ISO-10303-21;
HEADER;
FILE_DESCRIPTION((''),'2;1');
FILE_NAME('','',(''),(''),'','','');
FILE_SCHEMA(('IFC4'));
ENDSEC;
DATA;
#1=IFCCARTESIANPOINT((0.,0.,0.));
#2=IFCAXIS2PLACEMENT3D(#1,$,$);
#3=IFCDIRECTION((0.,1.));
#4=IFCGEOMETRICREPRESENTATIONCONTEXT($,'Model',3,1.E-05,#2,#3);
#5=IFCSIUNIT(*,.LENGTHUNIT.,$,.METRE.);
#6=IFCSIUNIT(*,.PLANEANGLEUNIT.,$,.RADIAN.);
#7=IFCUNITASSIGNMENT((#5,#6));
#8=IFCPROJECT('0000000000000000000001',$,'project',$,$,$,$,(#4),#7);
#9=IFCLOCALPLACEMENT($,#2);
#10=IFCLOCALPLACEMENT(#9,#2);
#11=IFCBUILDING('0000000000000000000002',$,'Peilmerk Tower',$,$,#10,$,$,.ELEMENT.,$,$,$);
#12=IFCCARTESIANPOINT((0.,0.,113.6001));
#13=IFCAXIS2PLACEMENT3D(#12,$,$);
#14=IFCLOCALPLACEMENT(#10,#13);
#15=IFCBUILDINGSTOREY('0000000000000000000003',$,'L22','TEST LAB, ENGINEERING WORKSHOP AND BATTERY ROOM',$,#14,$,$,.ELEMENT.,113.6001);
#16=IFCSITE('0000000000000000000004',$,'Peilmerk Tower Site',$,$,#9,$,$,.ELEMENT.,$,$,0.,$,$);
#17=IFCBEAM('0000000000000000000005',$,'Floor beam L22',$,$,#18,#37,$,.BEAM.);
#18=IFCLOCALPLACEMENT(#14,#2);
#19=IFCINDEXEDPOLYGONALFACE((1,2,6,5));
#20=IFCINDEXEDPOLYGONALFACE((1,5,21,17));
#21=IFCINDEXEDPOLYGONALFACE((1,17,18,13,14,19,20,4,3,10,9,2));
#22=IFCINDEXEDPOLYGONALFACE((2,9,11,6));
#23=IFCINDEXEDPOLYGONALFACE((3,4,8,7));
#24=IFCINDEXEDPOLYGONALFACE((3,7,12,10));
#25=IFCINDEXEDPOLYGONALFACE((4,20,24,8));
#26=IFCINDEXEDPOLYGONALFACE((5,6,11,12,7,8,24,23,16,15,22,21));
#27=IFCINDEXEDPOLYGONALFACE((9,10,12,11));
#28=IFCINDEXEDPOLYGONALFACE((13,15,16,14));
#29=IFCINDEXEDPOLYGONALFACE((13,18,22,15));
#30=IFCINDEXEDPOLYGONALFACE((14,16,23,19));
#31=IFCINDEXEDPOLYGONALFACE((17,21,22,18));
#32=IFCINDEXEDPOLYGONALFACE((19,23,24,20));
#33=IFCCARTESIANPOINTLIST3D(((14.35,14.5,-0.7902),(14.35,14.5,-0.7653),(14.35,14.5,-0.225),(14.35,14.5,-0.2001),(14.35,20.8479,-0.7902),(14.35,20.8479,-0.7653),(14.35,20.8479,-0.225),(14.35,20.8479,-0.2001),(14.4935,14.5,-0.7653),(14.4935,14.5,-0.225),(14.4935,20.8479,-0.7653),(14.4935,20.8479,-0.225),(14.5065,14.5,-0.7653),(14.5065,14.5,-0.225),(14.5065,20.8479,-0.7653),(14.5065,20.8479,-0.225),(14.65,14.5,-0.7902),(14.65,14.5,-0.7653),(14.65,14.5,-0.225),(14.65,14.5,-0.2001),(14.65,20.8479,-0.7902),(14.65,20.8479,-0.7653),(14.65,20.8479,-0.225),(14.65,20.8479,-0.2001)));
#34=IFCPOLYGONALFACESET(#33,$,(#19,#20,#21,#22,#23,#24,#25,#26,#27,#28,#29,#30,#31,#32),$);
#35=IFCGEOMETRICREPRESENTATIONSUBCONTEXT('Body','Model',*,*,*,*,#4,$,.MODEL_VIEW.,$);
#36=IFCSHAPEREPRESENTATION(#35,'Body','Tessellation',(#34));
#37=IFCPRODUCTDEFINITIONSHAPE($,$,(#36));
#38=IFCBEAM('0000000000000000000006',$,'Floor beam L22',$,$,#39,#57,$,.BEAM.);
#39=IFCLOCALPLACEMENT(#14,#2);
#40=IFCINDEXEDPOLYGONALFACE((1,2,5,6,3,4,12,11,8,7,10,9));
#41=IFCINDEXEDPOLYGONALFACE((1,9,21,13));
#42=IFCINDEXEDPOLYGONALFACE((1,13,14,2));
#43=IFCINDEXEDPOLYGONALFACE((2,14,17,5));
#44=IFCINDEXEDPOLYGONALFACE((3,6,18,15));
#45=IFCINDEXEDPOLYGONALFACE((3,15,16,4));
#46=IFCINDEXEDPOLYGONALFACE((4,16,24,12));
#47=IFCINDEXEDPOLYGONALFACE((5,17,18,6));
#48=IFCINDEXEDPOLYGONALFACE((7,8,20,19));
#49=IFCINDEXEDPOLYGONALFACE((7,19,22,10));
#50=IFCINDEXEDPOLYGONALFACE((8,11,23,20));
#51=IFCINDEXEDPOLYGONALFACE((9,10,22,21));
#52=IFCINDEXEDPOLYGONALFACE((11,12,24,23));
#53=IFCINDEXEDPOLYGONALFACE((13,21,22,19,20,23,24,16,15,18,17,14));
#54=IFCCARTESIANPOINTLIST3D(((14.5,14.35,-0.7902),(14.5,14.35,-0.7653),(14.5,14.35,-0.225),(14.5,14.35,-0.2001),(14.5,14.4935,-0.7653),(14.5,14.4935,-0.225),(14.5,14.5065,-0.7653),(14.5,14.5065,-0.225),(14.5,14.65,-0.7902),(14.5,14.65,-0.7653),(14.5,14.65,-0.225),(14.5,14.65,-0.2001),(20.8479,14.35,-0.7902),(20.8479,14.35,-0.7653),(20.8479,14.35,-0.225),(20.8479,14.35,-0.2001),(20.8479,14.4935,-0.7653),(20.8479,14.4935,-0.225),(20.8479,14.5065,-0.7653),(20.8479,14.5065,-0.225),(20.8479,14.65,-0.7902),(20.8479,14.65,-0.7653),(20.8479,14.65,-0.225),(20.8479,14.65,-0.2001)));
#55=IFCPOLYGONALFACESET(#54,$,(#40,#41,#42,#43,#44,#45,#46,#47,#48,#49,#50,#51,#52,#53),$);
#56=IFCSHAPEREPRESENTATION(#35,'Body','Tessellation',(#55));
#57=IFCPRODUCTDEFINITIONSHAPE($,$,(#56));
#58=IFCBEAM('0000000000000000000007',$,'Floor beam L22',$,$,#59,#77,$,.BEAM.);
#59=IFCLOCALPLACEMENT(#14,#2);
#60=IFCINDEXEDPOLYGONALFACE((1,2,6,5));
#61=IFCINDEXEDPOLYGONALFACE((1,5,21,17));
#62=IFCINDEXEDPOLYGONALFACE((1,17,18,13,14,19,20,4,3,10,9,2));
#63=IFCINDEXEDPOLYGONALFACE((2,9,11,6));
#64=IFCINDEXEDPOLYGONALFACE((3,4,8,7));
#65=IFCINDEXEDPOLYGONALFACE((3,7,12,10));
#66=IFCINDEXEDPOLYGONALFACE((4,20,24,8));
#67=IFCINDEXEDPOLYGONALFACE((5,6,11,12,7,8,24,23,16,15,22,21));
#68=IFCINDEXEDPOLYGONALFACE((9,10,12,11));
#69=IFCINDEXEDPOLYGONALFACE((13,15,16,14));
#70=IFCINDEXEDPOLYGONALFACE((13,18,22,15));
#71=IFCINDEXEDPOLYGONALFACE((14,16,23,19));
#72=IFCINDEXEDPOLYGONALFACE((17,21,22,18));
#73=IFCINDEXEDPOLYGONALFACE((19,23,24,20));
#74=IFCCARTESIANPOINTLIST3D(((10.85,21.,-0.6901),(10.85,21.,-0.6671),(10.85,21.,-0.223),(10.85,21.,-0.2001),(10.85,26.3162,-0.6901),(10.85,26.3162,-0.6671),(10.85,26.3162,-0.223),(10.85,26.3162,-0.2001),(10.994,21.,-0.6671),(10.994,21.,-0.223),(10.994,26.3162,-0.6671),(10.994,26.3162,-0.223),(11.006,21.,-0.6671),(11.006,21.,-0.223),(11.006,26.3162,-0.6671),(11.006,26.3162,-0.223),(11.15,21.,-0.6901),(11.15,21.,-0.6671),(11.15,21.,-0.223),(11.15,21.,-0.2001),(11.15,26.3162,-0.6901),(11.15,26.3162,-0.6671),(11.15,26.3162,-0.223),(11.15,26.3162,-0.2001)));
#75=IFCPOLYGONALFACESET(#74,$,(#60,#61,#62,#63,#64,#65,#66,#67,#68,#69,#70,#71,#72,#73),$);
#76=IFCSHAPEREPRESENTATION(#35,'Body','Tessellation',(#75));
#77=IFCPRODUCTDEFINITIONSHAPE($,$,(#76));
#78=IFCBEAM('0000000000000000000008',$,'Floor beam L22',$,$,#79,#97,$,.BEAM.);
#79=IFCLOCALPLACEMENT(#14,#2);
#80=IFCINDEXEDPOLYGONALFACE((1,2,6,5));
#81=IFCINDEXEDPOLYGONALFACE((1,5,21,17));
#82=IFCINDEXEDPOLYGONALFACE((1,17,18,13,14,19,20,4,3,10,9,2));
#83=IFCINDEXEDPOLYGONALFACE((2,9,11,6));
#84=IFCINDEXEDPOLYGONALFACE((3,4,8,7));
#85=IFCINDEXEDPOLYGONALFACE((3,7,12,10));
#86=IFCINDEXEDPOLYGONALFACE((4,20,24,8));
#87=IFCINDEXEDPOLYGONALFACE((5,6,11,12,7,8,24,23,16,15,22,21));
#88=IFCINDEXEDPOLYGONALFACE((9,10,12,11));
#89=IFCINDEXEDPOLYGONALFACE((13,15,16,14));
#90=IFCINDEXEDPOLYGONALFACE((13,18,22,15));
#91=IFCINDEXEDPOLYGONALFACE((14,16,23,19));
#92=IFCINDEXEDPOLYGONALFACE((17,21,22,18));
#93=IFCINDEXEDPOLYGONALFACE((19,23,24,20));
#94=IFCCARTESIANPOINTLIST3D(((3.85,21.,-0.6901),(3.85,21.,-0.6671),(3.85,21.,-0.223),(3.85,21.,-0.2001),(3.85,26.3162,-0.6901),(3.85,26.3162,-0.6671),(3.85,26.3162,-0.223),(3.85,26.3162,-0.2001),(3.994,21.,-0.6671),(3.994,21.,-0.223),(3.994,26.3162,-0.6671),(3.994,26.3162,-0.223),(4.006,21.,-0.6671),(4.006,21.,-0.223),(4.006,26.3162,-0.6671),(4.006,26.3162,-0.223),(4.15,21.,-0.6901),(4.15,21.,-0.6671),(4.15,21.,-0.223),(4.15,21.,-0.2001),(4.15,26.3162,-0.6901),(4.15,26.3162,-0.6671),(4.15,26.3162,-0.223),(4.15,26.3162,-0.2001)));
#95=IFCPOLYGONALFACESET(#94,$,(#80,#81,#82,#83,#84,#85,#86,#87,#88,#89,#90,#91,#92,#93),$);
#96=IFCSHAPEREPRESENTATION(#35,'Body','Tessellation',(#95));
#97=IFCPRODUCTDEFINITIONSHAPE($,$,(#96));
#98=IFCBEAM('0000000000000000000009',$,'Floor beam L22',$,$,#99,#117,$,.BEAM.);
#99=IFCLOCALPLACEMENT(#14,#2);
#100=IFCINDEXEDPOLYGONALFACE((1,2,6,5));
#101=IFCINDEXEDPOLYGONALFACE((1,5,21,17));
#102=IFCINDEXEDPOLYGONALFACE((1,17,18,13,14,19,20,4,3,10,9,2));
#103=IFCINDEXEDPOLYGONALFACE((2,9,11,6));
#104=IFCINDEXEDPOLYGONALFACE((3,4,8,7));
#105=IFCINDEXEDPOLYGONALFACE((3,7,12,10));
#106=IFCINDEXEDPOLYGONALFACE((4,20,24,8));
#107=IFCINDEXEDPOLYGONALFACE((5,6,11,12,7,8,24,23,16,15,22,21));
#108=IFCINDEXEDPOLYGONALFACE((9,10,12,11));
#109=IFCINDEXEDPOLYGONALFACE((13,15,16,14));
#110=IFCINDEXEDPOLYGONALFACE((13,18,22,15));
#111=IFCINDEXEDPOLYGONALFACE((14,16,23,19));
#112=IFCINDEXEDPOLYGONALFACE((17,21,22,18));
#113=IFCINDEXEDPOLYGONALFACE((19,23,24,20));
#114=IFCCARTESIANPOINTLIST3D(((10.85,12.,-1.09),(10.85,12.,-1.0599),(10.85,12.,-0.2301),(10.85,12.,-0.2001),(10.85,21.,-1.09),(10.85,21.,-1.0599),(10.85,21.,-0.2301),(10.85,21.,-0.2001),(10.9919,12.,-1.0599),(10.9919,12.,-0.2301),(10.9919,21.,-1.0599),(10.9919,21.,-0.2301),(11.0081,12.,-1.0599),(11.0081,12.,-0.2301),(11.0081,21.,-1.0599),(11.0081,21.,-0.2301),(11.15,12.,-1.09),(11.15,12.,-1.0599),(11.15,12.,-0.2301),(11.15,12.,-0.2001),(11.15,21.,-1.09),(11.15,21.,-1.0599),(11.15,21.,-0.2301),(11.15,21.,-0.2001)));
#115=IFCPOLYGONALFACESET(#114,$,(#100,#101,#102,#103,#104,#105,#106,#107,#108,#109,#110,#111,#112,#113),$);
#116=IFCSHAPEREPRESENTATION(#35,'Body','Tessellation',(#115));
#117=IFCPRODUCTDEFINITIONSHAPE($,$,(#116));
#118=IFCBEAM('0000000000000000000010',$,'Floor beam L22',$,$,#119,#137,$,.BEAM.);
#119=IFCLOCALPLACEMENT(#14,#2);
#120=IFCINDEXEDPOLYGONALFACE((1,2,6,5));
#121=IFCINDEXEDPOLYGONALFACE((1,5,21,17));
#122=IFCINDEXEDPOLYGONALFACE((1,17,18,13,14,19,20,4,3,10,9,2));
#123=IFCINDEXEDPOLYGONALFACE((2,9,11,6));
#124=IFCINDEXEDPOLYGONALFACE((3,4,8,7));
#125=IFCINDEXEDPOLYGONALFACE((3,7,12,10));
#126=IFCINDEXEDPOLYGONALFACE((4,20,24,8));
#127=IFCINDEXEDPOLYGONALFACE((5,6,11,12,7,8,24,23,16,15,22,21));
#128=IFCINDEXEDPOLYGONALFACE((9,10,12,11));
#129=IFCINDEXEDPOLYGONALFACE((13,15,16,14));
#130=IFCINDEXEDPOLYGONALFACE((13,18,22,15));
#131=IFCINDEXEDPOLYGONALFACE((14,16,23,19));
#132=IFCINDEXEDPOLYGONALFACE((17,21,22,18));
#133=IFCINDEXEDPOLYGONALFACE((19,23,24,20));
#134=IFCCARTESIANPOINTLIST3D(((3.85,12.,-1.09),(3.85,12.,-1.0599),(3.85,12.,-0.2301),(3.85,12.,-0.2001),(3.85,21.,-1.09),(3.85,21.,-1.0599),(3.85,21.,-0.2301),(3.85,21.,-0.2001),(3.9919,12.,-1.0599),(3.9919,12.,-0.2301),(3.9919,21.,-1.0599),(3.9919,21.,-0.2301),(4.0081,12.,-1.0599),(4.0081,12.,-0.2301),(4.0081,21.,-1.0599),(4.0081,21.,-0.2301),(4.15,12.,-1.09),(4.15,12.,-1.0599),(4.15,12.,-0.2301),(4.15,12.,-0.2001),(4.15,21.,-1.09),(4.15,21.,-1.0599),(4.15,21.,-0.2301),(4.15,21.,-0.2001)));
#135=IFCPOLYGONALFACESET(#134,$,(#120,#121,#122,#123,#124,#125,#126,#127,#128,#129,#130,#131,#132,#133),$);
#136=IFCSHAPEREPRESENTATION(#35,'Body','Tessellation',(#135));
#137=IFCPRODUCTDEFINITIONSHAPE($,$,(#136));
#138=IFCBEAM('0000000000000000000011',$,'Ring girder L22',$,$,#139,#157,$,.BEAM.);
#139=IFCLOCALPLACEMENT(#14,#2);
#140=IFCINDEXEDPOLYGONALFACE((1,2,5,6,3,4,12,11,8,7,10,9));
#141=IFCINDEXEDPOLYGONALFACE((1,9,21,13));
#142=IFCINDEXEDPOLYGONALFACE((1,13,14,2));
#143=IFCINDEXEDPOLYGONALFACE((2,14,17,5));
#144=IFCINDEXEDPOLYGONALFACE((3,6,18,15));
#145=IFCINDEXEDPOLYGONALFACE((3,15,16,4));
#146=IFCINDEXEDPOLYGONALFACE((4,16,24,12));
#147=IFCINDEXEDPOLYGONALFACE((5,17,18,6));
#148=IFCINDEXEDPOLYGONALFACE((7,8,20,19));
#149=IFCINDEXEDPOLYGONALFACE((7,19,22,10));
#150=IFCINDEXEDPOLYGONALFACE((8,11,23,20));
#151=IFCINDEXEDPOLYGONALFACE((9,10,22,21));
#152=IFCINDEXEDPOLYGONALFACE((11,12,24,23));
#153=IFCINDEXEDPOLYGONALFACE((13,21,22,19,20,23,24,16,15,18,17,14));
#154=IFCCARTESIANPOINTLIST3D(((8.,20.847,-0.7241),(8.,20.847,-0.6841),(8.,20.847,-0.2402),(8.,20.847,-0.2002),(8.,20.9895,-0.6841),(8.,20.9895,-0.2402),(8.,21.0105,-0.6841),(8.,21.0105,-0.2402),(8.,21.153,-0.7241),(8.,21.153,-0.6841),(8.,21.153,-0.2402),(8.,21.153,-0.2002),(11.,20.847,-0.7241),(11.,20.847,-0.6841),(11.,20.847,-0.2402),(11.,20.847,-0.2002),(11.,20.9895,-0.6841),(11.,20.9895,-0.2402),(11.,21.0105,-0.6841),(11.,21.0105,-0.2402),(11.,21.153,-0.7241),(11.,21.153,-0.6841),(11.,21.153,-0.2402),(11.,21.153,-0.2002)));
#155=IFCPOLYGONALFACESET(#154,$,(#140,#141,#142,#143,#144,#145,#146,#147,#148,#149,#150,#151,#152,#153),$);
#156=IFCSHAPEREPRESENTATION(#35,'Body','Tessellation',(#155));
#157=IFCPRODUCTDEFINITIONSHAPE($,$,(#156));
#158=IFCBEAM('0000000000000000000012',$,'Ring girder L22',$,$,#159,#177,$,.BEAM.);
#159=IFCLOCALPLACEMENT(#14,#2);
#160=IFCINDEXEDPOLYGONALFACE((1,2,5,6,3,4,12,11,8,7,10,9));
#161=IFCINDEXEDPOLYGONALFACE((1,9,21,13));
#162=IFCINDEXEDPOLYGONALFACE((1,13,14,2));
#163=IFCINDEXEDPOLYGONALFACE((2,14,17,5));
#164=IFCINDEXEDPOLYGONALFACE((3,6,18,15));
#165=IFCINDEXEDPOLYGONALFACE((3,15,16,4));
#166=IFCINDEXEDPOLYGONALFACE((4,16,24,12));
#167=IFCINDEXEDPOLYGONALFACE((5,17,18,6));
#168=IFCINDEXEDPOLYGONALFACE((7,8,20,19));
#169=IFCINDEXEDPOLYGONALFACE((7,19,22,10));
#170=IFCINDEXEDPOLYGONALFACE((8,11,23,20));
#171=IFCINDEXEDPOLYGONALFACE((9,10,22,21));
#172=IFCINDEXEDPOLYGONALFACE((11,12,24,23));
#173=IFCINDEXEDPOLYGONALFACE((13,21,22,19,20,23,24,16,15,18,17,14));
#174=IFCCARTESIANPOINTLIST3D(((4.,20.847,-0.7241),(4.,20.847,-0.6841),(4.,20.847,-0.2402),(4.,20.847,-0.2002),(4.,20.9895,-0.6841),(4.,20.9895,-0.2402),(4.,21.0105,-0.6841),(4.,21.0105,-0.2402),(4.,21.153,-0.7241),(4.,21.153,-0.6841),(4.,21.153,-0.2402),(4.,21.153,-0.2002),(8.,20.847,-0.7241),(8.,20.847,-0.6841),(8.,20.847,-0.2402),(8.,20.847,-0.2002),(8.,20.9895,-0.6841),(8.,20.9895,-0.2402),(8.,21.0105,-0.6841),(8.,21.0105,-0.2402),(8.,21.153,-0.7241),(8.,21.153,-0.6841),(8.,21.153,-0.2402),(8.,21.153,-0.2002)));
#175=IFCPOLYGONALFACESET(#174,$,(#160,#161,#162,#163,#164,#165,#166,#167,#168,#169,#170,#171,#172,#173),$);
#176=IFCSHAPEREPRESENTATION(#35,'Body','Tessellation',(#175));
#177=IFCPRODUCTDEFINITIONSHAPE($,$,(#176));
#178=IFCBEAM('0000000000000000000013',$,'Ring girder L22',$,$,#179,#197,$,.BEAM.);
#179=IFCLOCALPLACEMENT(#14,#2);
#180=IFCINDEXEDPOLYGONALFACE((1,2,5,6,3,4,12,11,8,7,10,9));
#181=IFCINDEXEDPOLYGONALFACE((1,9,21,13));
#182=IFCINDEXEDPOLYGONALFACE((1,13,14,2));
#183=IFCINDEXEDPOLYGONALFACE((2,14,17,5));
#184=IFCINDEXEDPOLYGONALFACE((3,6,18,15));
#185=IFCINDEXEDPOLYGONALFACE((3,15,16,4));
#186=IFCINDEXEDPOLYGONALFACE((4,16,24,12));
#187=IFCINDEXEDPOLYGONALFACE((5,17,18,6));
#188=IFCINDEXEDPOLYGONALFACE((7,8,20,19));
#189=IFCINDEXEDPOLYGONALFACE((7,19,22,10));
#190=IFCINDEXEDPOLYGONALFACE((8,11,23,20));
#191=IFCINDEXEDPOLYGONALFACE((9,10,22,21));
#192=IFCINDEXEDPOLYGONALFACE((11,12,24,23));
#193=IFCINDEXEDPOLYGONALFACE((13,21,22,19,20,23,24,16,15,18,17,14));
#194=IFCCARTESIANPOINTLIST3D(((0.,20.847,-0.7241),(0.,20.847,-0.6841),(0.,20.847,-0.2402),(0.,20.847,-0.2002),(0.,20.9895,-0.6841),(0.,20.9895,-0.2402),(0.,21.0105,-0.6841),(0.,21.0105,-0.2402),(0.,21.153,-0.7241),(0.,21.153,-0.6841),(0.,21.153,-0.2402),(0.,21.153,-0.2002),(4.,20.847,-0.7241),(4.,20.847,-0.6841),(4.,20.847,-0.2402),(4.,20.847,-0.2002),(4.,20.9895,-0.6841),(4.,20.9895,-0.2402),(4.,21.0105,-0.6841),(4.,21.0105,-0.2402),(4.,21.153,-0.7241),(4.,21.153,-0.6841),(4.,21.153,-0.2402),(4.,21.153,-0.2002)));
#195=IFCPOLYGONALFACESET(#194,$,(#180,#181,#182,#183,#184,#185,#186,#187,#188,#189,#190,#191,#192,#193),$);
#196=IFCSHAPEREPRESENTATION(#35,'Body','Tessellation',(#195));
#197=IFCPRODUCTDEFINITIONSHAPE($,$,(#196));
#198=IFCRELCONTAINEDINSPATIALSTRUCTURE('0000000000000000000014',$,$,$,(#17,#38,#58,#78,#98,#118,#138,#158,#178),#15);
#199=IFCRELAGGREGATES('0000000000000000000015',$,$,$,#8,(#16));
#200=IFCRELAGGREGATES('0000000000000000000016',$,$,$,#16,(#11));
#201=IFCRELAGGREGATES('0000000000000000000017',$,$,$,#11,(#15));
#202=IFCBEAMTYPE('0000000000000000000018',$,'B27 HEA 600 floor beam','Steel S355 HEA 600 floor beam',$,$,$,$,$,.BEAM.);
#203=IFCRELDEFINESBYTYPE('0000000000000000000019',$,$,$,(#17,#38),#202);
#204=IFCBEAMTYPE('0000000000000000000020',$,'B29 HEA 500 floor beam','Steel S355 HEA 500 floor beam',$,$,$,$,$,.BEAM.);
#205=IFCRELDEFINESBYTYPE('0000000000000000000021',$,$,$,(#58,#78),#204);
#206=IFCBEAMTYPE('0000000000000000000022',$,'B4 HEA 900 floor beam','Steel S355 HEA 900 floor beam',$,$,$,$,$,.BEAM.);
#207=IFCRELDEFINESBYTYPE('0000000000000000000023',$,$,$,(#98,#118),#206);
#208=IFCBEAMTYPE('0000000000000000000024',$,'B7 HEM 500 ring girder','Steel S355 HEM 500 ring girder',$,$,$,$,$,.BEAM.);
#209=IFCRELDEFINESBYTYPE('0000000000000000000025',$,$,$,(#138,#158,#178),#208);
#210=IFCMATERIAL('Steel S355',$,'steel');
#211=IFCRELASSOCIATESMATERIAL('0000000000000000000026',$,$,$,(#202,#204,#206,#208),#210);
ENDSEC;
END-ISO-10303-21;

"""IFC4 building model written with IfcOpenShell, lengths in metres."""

from ifc_helpers import new_model, si_unit, direction, frame, origin, origin_2d, place, context, subcontext, project, spatial, i_section, extrude, material, material_profile, profile_set, type_object, element, save


model = new_model("IFC4")

# Units and contexts
model_context = context("Model", 3, precision=1e-05, world=origin(), true_north=direction((0.0, 1.0)))
body_context = subcontext(model_context, "Body", "Model", "MODEL_VIEW")
ifc_project = project(units=[si_unit("LENGTHUNIT", "METRE"), si_unit("PLANEANGLEUNIT", "RADIAN")], contexts=[model_context])

# Site, building, storey
site_placement = place(None, origin())
site = spatial("IfcSite", under=ifc_project, at=site_placement, Name="Peilmerk Tower Site", CompositionType="ELEMENT", RefElevation=0.0)
building_placement = place(site_placement, origin())
building = spatial("IfcBuilding", under=site, at=building_placement, Name="Peilmerk Tower", CompositionType="ELEMENT")
storey_placement = place(building_placement, frame((0.0, 0.0, 113.6001)))
storey = spatial("IfcBuildingStorey", under=building, at=storey_placement, Name="L22", Description="TEST LAB, ENGINEERING WORKSHOP AND BATTERY ROOM", CompositionType="ELEMENT", Elevation=113.6001)

# Beams
ifc_material_1 = material(Name="Steel S355", Category="steel")
ifc_material_profile_1 = material_profile(ifc_material_1, i_section(OverallWidth=0.3, OverallDepth=0.5901, WebThickness=0.0129, FlangeThickness=0.0249, at=origin_2d()), Name="HEA 600")
ifc_profile_set_1 = profile_set([ifc_material_profile_1], Name="Steel S355")
beam_type_1 = type_object("IfcBeamType", Name="B27 HEA 600 floor beam", Description="Steel S355 HEA 600 floor beam", PredefinedType="BEAM", material=ifc_profile_set_1)
for number, where, z_axis, x_axis, name in (
    (1, (14.5, 14.5, -0.4951), (0.0, 1.0, 0.0), (-1.0, 0.0, 0.0), "Floor beam L22"),
    (2, (14.5, 14.5, -0.4951), (1.0, 0.0, 0.0), (0.0, 1.0, 0.0), "Floor beam L22"),
):
    element("IfcBeam", number, at=place(storey_placement, frame(where, z_axis=z_axis, x_axis=x_axis)), inside=storey, type_object=beam_type_1, Name=name, PredefinedType="BEAM", context=body_context, shape_type="SweptSolid", body=[
        extrude(i_section(OverallWidth=0.3, OverallDepth=0.5901, WebThickness=0.0129, FlangeThickness=0.0249, at=origin_2d()), origin(), (0.0, 0.0, 1.0), 6.3479),
    ])
ifc_material_profile_2 = material_profile(ifc_material_1, i_section(OverallWidth=0.3, OverallDepth=0.49, WebThickness=0.012, FlangeThickness=0.0229, at=origin_2d()), Name="HEA 500")
ifc_profile_set_2 = profile_set([ifc_material_profile_2], Name="Steel S355")
beam_type_2 = type_object("IfcBeamType", Name="B29 HEA 500 floor beam", Description="Steel S355 HEA 500 floor beam", PredefinedType="BEAM", material=ifc_profile_set_2)
for number, where, z_axis, x_axis, name in (
    (3, (11.0, 21.0, -0.4451), (0.0, 1.0, 0.0), (-1.0, 0.0, 0.0), "Floor beam L22"),
    (4, (4.0, 21.0, -0.4451), (0.0, 1.0, 0.0), (-1.0, 0.0, 0.0), "Floor beam L22"),
):
    element("IfcBeam", number, at=place(storey_placement, frame(where, z_axis=z_axis, x_axis=x_axis)), inside=storey, type_object=beam_type_2, Name=name, PredefinedType="BEAM", context=body_context, shape_type="SweptSolid", body=[
        extrude(i_section(OverallWidth=0.3, OverallDepth=0.49, WebThickness=0.012, FlangeThickness=0.0229, at=origin_2d()), origin(), (0.0, 0.0, 1.0), 5.3162),
    ])
ifc_material_profile_3 = material_profile(ifc_material_1, i_section(OverallWidth=0.3, OverallDepth=0.8899, WebThickness=0.0161, FlangeThickness=0.03, at=origin_2d()), Name="HEA 900")
ifc_profile_set_3 = profile_set([ifc_material_profile_3], Name="Steel S355")
beam_type_3 = type_object("IfcBeamType", Name="B4 HEA 900 floor beam", Description="Steel S355 HEA 900 floor beam", PredefinedType="BEAM", material=ifc_profile_set_3)
for number, where, z_axis, x_axis, name in (
    (5, (11.0, 12.0, -0.645), (0.0, 1.0, 0.0), (-1.0, 0.0, 0.0), "Floor beam L22"),
    (6, (4.0, 12.0, -0.645), (0.0, 1.0, 0.0), (-1.0, 0.0, 0.0), "Floor beam L22"),
):
    element("IfcBeam", number, at=place(storey_placement, frame(where, z_axis=z_axis, x_axis=x_axis)), inside=storey, type_object=beam_type_3, Name=name, PredefinedType="BEAM", context=body_context, shape_type="SweptSolid", body=[
        extrude(i_section(OverallWidth=0.3, OverallDepth=0.8899, WebThickness=0.0161, FlangeThickness=0.03, at=origin_2d()), origin(), (0.0, 0.0, 1.0), 9.0),
    ])
ifc_material_profile_4 = material_profile(ifc_material_1, i_section(OverallWidth=0.3059, OverallDepth=0.5239, WebThickness=0.021, FlangeThickness=0.04, at=origin_2d()), Name="HEM 500")
ifc_profile_set_4 = profile_set([ifc_material_profile_4], Name="Steel S355")
beam_type_4 = type_object("IfcBeamType", Name="B7 HEM 500 ring girder", Description="Steel S355 HEM 500 ring girder", PredefinedType="BEAM", material=ifc_profile_set_4)
beam_1_placement = place(storey_placement, frame((11.0, 21.0, -0.4622), z_axis=(-1.0, 0.0, 0.0), x_axis=(0.0, -1.0, 0.0)))
element("IfcBeam", 7, at=beam_1_placement, inside=storey, type_object=beam_type_4, Name="Ring girder L22", PredefinedType="BEAM", context=body_context, shape_type="SweptSolid", body=[
    extrude(i_section(OverallWidth=0.3059, OverallDepth=0.5239, WebThickness=0.021, FlangeThickness=0.04, at=origin_2d()), origin(), (0.0, 0.0, 1.0), 3.0),
])
for number, where, z_axis, x_axis, name in (
    (8, (8.0, 21.0, -0.4622), (-1.0, 0.0, 0.0), (0.0, -1.0, 0.0), "Ring girder L22"),
    (9, (4.0, 21.0, -0.4622), (-1.0, 0.0, 0.0), (0.0, -1.0, 0.0), "Ring girder L22"),
):
    element("IfcBeam", number, at=place(storey_placement, frame(where, z_axis=z_axis, x_axis=x_axis)), inside=storey, type_object=beam_type_4, Name=name, PredefinedType="BEAM", context=body_context, shape_type="SweptSolid", body=[
        extrude(i_section(OverallWidth=0.3059, OverallDepth=0.5239, WebThickness=0.021, FlangeThickness=0.04, at=origin_2d()), origin(), (0.0, 0.0, 1.0), 4.0),
    ])

save(model, "model.ifc")
